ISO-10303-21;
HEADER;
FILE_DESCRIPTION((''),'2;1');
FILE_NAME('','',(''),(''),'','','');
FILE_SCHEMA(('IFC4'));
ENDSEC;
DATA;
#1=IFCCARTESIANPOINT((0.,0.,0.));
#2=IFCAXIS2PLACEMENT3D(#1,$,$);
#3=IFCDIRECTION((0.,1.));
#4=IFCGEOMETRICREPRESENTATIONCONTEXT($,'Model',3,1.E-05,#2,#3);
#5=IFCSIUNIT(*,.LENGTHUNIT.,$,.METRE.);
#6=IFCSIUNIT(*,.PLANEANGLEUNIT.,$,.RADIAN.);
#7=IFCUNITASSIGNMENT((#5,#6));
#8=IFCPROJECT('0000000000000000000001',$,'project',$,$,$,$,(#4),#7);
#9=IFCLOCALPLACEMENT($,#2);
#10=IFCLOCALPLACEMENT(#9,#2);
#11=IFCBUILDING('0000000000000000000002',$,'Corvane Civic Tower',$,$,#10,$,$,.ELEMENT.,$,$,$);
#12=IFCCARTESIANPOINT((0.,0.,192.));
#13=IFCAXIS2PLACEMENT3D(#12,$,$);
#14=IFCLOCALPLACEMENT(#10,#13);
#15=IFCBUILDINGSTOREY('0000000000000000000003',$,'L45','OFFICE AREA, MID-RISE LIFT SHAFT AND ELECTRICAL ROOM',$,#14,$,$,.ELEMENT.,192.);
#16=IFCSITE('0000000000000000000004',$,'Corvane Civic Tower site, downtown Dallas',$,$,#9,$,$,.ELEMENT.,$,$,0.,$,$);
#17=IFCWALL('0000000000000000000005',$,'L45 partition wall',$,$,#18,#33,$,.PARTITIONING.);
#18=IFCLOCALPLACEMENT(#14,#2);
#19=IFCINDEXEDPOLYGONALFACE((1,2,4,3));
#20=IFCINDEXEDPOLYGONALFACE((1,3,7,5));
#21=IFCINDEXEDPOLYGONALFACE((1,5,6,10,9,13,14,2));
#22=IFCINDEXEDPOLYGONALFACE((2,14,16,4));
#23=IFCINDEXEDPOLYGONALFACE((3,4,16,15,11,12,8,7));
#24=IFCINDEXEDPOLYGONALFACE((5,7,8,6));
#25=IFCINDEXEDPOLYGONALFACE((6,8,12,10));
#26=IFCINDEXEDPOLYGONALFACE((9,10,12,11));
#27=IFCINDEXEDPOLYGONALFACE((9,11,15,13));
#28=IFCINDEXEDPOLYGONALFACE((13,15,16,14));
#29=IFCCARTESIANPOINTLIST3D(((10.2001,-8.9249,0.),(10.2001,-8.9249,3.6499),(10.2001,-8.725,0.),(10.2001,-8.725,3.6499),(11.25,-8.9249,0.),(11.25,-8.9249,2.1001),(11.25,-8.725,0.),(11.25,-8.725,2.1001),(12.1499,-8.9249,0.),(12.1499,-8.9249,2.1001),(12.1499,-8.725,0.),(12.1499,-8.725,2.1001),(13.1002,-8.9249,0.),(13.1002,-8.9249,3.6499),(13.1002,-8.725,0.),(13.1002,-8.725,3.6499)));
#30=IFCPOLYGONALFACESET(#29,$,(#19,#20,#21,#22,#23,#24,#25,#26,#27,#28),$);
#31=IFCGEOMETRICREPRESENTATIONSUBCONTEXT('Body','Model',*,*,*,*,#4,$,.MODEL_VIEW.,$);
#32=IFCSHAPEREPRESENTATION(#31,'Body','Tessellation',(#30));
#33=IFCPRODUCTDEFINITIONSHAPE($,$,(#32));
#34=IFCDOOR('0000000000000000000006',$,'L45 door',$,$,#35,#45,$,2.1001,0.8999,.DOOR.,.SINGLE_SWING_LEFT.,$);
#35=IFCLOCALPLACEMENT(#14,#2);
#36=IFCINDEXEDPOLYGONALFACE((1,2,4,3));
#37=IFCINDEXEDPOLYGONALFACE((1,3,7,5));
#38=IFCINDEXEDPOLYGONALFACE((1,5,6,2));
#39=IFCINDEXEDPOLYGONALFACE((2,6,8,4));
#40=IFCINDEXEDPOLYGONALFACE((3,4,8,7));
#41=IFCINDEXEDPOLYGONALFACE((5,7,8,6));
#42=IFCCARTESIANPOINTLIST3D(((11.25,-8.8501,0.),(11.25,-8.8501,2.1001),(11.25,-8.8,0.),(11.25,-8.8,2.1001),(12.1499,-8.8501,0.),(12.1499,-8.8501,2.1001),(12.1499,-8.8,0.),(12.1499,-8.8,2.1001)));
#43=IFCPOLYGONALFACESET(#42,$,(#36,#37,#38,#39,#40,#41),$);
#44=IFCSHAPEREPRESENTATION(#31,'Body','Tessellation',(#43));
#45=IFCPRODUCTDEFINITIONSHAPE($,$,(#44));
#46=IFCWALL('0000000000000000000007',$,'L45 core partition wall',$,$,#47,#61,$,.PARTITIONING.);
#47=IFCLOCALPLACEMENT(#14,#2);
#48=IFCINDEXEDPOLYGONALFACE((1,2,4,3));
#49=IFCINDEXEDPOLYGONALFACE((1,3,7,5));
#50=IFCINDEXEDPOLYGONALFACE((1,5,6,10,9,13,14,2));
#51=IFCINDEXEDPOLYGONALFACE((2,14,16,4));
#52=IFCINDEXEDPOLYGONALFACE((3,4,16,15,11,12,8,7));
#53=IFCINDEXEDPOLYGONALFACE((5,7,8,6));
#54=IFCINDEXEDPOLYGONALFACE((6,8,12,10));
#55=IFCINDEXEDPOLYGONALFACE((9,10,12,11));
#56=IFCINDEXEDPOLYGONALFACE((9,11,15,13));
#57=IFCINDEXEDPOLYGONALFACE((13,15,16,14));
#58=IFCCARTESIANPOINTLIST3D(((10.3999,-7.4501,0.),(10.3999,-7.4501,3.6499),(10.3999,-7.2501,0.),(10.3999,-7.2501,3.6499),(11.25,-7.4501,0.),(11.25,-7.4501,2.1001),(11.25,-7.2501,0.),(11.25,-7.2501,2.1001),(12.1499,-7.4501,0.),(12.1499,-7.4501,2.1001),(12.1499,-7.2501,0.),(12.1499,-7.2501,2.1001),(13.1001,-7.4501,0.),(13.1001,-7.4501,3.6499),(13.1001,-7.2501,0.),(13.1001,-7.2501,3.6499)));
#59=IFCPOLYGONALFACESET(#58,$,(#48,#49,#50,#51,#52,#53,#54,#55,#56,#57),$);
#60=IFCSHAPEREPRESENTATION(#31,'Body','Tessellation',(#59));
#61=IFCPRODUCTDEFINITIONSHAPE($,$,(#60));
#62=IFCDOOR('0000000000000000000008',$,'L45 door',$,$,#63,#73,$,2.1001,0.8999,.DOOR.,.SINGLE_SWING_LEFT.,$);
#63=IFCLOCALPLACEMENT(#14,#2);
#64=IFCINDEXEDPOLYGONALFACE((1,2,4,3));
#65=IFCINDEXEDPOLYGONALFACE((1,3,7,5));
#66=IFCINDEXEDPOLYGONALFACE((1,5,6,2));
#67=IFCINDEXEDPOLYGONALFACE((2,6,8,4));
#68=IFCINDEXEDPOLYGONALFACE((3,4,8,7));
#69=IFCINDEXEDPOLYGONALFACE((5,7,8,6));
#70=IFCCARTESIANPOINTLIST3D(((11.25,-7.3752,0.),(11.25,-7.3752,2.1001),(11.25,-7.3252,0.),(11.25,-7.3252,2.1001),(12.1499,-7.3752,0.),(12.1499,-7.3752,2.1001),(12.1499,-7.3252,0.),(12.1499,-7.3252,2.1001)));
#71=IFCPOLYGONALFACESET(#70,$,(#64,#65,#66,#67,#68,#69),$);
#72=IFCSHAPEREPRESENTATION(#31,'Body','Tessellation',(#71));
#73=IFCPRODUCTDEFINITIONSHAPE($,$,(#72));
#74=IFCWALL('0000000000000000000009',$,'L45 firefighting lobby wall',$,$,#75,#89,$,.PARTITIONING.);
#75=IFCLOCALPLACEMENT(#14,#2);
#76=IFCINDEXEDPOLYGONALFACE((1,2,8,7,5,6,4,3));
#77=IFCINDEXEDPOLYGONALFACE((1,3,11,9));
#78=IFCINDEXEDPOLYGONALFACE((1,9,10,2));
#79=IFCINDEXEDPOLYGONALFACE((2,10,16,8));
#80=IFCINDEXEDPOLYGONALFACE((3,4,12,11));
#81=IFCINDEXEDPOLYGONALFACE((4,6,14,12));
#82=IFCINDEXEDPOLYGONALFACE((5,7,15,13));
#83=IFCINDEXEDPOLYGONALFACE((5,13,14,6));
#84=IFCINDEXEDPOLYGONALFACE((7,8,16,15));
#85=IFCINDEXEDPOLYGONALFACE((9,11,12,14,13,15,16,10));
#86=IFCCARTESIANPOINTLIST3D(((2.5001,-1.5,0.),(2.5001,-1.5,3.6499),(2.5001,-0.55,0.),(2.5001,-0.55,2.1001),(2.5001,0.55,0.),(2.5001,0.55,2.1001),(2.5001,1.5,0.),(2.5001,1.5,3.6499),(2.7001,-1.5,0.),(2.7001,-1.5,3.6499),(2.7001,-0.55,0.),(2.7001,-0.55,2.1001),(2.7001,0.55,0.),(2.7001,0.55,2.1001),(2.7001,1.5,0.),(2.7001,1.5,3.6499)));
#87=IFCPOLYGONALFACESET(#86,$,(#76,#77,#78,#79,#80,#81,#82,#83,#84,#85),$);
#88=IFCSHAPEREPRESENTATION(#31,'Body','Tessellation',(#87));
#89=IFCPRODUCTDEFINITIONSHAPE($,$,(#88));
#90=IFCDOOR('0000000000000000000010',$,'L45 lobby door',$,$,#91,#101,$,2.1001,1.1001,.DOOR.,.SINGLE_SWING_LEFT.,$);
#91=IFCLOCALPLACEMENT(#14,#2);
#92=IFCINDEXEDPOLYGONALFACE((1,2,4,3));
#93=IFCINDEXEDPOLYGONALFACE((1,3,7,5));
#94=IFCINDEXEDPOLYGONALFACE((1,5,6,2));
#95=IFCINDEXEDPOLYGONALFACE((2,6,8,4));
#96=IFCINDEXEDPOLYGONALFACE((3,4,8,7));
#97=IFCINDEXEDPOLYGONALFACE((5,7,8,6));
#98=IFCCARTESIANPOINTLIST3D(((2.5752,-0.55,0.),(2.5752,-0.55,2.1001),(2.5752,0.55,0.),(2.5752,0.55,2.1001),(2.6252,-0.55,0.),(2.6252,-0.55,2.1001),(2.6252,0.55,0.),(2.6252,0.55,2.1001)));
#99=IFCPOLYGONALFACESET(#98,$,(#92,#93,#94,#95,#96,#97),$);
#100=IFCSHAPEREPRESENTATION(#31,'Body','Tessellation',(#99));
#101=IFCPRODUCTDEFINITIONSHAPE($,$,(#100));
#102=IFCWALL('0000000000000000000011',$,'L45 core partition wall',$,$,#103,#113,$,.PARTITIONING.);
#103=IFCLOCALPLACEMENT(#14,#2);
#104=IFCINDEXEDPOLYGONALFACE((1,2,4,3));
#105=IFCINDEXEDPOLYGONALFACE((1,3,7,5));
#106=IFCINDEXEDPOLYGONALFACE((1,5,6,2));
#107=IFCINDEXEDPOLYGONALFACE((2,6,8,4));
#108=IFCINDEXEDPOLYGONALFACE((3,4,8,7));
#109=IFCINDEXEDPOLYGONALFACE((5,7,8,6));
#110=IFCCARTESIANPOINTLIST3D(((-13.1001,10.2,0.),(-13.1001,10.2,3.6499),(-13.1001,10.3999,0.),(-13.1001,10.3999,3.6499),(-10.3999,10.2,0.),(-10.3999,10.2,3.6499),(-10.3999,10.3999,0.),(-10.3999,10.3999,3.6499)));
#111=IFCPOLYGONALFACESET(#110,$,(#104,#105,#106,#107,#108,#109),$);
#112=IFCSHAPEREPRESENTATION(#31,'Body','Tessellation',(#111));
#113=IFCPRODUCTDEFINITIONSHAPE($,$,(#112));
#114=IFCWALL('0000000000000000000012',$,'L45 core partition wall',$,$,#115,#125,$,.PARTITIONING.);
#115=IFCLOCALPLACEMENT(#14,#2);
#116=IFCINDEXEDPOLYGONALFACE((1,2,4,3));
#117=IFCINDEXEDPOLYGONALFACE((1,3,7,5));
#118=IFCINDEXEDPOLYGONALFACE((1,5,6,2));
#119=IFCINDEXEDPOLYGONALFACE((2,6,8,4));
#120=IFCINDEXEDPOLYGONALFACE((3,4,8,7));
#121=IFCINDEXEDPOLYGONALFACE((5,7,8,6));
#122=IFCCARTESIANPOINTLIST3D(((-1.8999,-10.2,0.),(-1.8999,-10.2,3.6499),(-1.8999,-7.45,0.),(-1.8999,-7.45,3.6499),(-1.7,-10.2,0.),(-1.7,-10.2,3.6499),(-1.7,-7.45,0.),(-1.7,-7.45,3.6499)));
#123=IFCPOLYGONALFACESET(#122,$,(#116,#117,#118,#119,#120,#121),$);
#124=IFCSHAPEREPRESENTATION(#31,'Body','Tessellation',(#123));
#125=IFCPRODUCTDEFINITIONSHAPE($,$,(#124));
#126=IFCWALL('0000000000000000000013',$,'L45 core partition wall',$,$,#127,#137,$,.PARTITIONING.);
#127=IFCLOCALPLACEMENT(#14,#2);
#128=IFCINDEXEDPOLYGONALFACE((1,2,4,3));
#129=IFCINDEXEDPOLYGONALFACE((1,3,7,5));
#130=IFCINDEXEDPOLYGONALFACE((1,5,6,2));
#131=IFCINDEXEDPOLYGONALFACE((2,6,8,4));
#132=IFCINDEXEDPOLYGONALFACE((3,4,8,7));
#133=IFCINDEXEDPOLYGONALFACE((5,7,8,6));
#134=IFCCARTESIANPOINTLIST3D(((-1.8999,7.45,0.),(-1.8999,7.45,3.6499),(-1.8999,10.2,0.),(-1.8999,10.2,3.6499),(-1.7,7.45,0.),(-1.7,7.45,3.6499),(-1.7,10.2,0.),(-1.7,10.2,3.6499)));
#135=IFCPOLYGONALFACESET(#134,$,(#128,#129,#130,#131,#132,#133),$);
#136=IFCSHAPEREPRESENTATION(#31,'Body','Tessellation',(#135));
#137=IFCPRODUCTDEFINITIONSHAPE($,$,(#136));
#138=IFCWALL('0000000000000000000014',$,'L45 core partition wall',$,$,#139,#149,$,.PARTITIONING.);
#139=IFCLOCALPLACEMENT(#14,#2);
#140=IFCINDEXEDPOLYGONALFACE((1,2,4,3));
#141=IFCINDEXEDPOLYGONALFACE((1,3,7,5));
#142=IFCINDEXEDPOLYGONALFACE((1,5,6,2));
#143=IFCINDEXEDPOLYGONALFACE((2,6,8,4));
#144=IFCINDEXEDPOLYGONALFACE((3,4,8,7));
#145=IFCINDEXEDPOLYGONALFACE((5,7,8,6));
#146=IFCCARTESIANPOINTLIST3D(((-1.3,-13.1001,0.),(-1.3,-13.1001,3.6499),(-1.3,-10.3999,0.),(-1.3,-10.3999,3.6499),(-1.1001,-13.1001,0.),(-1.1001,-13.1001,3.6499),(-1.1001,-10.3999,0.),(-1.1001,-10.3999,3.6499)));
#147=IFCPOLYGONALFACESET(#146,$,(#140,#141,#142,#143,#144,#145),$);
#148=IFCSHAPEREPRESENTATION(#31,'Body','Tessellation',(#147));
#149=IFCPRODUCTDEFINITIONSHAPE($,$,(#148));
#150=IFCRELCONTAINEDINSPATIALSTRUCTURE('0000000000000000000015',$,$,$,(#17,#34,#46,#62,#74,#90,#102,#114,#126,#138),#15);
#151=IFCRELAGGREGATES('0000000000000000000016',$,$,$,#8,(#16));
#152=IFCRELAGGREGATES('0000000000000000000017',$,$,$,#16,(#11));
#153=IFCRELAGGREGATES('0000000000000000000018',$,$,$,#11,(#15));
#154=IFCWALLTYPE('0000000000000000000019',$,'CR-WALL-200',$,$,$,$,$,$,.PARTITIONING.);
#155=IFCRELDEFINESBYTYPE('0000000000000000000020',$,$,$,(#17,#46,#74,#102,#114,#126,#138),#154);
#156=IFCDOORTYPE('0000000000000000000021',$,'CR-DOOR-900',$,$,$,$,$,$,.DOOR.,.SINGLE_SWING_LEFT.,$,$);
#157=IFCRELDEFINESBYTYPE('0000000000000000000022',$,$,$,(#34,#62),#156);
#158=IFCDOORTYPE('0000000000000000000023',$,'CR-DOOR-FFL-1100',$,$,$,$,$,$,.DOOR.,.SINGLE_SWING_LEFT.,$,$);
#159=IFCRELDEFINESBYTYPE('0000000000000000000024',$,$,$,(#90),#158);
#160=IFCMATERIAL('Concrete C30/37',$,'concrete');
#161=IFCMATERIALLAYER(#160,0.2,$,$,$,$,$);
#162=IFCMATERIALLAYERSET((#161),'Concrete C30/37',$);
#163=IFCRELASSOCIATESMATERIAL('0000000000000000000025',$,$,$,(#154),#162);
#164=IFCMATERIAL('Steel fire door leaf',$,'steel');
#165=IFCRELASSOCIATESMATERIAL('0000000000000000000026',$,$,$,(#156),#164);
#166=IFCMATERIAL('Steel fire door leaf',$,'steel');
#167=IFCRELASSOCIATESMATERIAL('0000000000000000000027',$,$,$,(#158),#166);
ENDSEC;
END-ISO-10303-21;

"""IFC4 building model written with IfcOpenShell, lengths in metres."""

from ifc_helpers import new_model, si_unit, direction, frame, frame_2d, origin, place, context, subcontext, project, spatial, polyline, rectangle, outline, extrude, material, layer, layer_set, type_object, element, fill, save


model = new_model("IFC4")

# Units and contexts
model_context = context("Model", 3, precision=1e-05, world=origin(), true_north=direction((0.0, 1.0)))
body_context = subcontext(model_context, "Body", "Model", "MODEL_VIEW")
ifc_project = project(units=[si_unit("LENGTHUNIT", "METRE"), si_unit("PLANEANGLEUNIT", "RADIAN")], contexts=[model_context])

# Site, building, storey
site_placement = place(None, origin())
site = spatial("IfcSite", under=ifc_project, at=site_placement, Name="Corvane Civic Tower site, downtown Dallas", CompositionType="ELEMENT", RefElevation=0.0)
building_placement = place(site_placement, origin())
building = spatial("IfcBuilding", under=site, at=building_placement, Name="Corvane Civic Tower", CompositionType="ELEMENT")
storey_placement = place(building_placement, frame((0.0, 0.0, 192.0)))
storey = spatial("IfcBuildingStorey", under=building, at=storey_placement, Name="L45", Description="OFFICE AREA, MID-RISE LIFT SHAFT AND ELECTRICAL ROOM", CompositionType="ELEMENT", Elevation=192.0)

# Walls, openings, doors
ifc_material_1 = material(Name="Concrete C30/37", Category="concrete")
ifc_layer_1 = layer(ifc_material_1, 0.2)
ifc_layer_set_1 = layer_set([ifc_layer_1], Name="Concrete C30/37")
wall_type_1 = type_object("IfcWallType", Name="CR-WALL-200", PredefinedType="PARTITIONING", material=ifc_layer_set_1)
wall_1_placement = place(storey_placement, frame((10.2, -8.825, 0.0), z_axis=(0.0, 0.0, 1.0), x_axis=(1.0, 0.0, 0.0)))
wall_1 = element("IfcWall", 1, at=wall_1_placement, inside=storey, type_object=wall_type_1, Name="L45 partition wall", PredefinedType="PARTITIONING", context=body_context, shape_type="SweptSolid", body=[
    extrude(rectangle(XDim=2.9001, YDim=0.2, at=frame_2d((1.4502, 0.0))), origin(), (0.0, 0.0, 1.0), 3.6499),
])
opening_1_placement = place(wall_1_placement, frame((1.05, 0.0, 0.0)))
opening_1 = element("IfcOpeningElement", 2, at=opening_1_placement, cuts=wall_1, PredefinedType="OPENING", context=body_context, shape_type="SweptSolid", body=[
    extrude(rectangle(XDim=0.8999, YDim=2.1001, at=frame_2d((0.45, 1.05))), frame((0.0, 0.1099, 0.0), z_axis=(0.0, -1.0, 0.0), x_axis=(1.0, 0.0, 0.0)), (0.0, 0.0, 1.0), 0.22),
])
ifc_material_2 = material(Name="Steel fire door leaf", Category="steel")
door_type_1 = type_object("IfcDoorType", Name="CR-DOOR-900", OperationType="SINGLE_SWING_LEFT", PredefinedType="DOOR", material=ifc_material_2)
door_1_placement = place(opening_1_placement, origin())
door_1 = element("IfcDoor", 3, at=door_1_placement, inside=storey, type_object=door_type_1, Name="L45 door", OperationType="SINGLE_SWING_LEFT", OverallHeight=2.1001, OverallWidth=0.8999, PredefinedType="DOOR", context=body_context, shape_type="SweptSolid", body=[
    extrude(rectangle(XDim=0.8999, YDim=2.1001, at=frame_2d((0.45, 1.05))), frame((0.0, 0.0249, 0.0), z_axis=(0.0, -1.0, 0.0), x_axis=(1.0, 0.0, 0.0)), (0.0, 0.0, 1.0), 0.05),
])
fill(opening_1, door_1)
wall_2_placement = place(storey_placement, frame((10.3999, -7.3501, 0.0), z_axis=(0.0, 0.0, 1.0), x_axis=(1.0, 0.0, 0.0)))
wall_2 = element("IfcWall", 4, at=wall_2_placement, inside=storey, type_object=wall_type_1, Name="L45 core partition wall", PredefinedType="PARTITIONING", context=body_context, shape_type="SweptSolid", body=[
    extrude(rectangle(XDim=2.7002, YDim=0.2, at=frame_2d((1.3501, 0.0))), origin(), (0.0, 0.0, 1.0), 3.6499),
])
opening_2_placement = place(wall_2_placement, frame((0.8501, 0.0, 0.0)))
opening_2 = element("IfcOpeningElement", 5, at=opening_2_placement, cuts=wall_2, PredefinedType="OPENING", context=body_context, shape_type="SweptSolid", body=[
    extrude(rectangle(XDim=0.8999, YDim=2.1001, at=frame_2d((0.45, 1.05))), frame((0.0, 0.1099, 0.0), z_axis=(0.0, -1.0, 0.0), x_axis=(1.0, 0.0, 0.0)), (0.0, 0.0, 1.0), 0.22),
])
door_2_placement = place(opening_2_placement, origin())
door_2 = element("IfcDoor", 6, at=door_2_placement, inside=storey, type_object=door_type_1, Name="L45 door", OperationType="SINGLE_SWING_LEFT", OverallHeight=2.1001, OverallWidth=0.8999, PredefinedType="DOOR", context=body_context, shape_type="SweptSolid", body=[
    extrude(rectangle(XDim=0.8999, YDim=2.1001, at=frame_2d((0.45, 1.05))), frame((0.0, 0.0249, 0.0), z_axis=(0.0, -1.0, 0.0), x_axis=(1.0, 0.0, 0.0)), (0.0, 0.0, 1.0), 0.05),
])
fill(opening_2, door_2)
wall_3_placement = place(storey_placement, frame((2.6001, -1.5, 0.0), z_axis=(0.0, 0.0, 1.0), x_axis=(0.0, 1.0, 0.0)))
wall_3 = element("IfcWall", 7, at=wall_3_placement, inside=storey, type_object=wall_type_1, Name="L45 firefighting lobby wall", PredefinedType="PARTITIONING", context=body_context, shape_type="SweptSolid", body=[
    extrude(rectangle(XDim=3.0, YDim=0.2, at=frame_2d((1.5, 0.0))), origin(), (0.0, 0.0, 1.0), 3.6499),
])
opening_3_placement = place(wall_3_placement, frame((0.95, 0.0, 0.0)))
opening_3 = element("IfcOpeningElement", 8, at=opening_3_placement, cuts=wall_3, PredefinedType="OPENING", context=body_context, shape_type="SweptSolid", body=[
    extrude(rectangle(XDim=1.1001, YDim=2.1001, at=frame_2d((0.55, 1.05))), frame((0.0, 0.1099, 0.0), z_axis=(0.0, -1.0, 0.0), x_axis=(1.0, 0.0, 0.0)), (0.0, 0.0, 1.0), 0.22),
])
ifc_material_3 = material(Name="Steel fire door leaf", Category="steel")
door_type_2 = type_object("IfcDoorType", Name="CR-DOOR-FFL-1100", OperationType="SINGLE_SWING_LEFT", PredefinedType="DOOR", material=ifc_material_3)
door_3_placement = place(opening_3_placement, origin())
door_3 = element("IfcDoor", 9, at=door_3_placement, inside=storey, type_object=door_type_2, Name="L45 lobby door", OperationType="SINGLE_SWING_LEFT", OverallHeight=2.1001, OverallWidth=1.1001, PredefinedType="DOOR", context=body_context, shape_type="SweptSolid", body=[
    extrude(rectangle(XDim=1.1001, YDim=2.1001, at=frame_2d((0.55, 1.05))), frame((0.0, 0.0249, 0.0), z_axis=(0.0, -1.0, 0.0), x_axis=(1.0, 0.0, 0.0)), (0.0, 0.0, 1.0), 0.05),
])
fill(opening_3, door_3)

# Walls
wall_4_placement = place(storey_placement, origin())
element("IfcWall", 10, at=wall_4_placement, inside=storey, type_object=wall_type_1, Name="L45 core partition wall", PredefinedType="PARTITIONING", context=body_context, shape_type="SweptSolid", body=[
    extrude(outline(polyline([(-13.1001, 10.2), (-13.1001, 10.3999), (-10.3999, 10.3999), (-10.3999, 10.2), (-13.1001, 10.2)])), origin(), (0.0, 0.0, 1.0), 3.6499),
])
wall_5_placement = place(storey_placement, origin())
element("IfcWall", 11, at=wall_5_placement, inside=storey, type_object=wall_type_1, Name="L45 core partition wall", PredefinedType="PARTITIONING", context=body_context, shape_type="SweptSolid", body=[
    extrude(outline(polyline([(-1.7, -7.45), (-1.7, -10.2), (-1.8999, -10.2), (-1.8999, -7.45), (-1.7, -7.45)])), origin(), (0.0, 0.0, 1.0), 3.6499),
])
wall_6_placement = place(storey_placement, origin())
element("IfcWall", 12, at=wall_6_placement, inside=storey, type_object=wall_type_1, Name="L45 core partition wall", PredefinedType="PARTITIONING", context=body_context, shape_type="SweptSolid", body=[
    extrude(outline(polyline([(-1.7, 7.45), (-1.8999, 7.45), (-1.8999, 10.2), (-1.7, 10.2), (-1.7, 7.45)])), origin(), (0.0, 0.0, 1.0), 3.6499),
])
wall_7_placement = place(storey_placement, origin())
element("IfcWall", 13, at=wall_7_placement, inside=storey, type_object=wall_type_1, Name="L45 core partition wall", PredefinedType="PARTITIONING", context=body_context, shape_type="SweptSolid", body=[
    extrude(outline(polyline([(-1.1001, -13.1001), (-1.3, -13.1001), (-1.3, -10.3999), (-1.1001, -10.3999), (-1.1001, -13.1001)])), origin(), (0.0, 0.0, 1.0), 3.6499),
])

save(model, "model.ifc")
